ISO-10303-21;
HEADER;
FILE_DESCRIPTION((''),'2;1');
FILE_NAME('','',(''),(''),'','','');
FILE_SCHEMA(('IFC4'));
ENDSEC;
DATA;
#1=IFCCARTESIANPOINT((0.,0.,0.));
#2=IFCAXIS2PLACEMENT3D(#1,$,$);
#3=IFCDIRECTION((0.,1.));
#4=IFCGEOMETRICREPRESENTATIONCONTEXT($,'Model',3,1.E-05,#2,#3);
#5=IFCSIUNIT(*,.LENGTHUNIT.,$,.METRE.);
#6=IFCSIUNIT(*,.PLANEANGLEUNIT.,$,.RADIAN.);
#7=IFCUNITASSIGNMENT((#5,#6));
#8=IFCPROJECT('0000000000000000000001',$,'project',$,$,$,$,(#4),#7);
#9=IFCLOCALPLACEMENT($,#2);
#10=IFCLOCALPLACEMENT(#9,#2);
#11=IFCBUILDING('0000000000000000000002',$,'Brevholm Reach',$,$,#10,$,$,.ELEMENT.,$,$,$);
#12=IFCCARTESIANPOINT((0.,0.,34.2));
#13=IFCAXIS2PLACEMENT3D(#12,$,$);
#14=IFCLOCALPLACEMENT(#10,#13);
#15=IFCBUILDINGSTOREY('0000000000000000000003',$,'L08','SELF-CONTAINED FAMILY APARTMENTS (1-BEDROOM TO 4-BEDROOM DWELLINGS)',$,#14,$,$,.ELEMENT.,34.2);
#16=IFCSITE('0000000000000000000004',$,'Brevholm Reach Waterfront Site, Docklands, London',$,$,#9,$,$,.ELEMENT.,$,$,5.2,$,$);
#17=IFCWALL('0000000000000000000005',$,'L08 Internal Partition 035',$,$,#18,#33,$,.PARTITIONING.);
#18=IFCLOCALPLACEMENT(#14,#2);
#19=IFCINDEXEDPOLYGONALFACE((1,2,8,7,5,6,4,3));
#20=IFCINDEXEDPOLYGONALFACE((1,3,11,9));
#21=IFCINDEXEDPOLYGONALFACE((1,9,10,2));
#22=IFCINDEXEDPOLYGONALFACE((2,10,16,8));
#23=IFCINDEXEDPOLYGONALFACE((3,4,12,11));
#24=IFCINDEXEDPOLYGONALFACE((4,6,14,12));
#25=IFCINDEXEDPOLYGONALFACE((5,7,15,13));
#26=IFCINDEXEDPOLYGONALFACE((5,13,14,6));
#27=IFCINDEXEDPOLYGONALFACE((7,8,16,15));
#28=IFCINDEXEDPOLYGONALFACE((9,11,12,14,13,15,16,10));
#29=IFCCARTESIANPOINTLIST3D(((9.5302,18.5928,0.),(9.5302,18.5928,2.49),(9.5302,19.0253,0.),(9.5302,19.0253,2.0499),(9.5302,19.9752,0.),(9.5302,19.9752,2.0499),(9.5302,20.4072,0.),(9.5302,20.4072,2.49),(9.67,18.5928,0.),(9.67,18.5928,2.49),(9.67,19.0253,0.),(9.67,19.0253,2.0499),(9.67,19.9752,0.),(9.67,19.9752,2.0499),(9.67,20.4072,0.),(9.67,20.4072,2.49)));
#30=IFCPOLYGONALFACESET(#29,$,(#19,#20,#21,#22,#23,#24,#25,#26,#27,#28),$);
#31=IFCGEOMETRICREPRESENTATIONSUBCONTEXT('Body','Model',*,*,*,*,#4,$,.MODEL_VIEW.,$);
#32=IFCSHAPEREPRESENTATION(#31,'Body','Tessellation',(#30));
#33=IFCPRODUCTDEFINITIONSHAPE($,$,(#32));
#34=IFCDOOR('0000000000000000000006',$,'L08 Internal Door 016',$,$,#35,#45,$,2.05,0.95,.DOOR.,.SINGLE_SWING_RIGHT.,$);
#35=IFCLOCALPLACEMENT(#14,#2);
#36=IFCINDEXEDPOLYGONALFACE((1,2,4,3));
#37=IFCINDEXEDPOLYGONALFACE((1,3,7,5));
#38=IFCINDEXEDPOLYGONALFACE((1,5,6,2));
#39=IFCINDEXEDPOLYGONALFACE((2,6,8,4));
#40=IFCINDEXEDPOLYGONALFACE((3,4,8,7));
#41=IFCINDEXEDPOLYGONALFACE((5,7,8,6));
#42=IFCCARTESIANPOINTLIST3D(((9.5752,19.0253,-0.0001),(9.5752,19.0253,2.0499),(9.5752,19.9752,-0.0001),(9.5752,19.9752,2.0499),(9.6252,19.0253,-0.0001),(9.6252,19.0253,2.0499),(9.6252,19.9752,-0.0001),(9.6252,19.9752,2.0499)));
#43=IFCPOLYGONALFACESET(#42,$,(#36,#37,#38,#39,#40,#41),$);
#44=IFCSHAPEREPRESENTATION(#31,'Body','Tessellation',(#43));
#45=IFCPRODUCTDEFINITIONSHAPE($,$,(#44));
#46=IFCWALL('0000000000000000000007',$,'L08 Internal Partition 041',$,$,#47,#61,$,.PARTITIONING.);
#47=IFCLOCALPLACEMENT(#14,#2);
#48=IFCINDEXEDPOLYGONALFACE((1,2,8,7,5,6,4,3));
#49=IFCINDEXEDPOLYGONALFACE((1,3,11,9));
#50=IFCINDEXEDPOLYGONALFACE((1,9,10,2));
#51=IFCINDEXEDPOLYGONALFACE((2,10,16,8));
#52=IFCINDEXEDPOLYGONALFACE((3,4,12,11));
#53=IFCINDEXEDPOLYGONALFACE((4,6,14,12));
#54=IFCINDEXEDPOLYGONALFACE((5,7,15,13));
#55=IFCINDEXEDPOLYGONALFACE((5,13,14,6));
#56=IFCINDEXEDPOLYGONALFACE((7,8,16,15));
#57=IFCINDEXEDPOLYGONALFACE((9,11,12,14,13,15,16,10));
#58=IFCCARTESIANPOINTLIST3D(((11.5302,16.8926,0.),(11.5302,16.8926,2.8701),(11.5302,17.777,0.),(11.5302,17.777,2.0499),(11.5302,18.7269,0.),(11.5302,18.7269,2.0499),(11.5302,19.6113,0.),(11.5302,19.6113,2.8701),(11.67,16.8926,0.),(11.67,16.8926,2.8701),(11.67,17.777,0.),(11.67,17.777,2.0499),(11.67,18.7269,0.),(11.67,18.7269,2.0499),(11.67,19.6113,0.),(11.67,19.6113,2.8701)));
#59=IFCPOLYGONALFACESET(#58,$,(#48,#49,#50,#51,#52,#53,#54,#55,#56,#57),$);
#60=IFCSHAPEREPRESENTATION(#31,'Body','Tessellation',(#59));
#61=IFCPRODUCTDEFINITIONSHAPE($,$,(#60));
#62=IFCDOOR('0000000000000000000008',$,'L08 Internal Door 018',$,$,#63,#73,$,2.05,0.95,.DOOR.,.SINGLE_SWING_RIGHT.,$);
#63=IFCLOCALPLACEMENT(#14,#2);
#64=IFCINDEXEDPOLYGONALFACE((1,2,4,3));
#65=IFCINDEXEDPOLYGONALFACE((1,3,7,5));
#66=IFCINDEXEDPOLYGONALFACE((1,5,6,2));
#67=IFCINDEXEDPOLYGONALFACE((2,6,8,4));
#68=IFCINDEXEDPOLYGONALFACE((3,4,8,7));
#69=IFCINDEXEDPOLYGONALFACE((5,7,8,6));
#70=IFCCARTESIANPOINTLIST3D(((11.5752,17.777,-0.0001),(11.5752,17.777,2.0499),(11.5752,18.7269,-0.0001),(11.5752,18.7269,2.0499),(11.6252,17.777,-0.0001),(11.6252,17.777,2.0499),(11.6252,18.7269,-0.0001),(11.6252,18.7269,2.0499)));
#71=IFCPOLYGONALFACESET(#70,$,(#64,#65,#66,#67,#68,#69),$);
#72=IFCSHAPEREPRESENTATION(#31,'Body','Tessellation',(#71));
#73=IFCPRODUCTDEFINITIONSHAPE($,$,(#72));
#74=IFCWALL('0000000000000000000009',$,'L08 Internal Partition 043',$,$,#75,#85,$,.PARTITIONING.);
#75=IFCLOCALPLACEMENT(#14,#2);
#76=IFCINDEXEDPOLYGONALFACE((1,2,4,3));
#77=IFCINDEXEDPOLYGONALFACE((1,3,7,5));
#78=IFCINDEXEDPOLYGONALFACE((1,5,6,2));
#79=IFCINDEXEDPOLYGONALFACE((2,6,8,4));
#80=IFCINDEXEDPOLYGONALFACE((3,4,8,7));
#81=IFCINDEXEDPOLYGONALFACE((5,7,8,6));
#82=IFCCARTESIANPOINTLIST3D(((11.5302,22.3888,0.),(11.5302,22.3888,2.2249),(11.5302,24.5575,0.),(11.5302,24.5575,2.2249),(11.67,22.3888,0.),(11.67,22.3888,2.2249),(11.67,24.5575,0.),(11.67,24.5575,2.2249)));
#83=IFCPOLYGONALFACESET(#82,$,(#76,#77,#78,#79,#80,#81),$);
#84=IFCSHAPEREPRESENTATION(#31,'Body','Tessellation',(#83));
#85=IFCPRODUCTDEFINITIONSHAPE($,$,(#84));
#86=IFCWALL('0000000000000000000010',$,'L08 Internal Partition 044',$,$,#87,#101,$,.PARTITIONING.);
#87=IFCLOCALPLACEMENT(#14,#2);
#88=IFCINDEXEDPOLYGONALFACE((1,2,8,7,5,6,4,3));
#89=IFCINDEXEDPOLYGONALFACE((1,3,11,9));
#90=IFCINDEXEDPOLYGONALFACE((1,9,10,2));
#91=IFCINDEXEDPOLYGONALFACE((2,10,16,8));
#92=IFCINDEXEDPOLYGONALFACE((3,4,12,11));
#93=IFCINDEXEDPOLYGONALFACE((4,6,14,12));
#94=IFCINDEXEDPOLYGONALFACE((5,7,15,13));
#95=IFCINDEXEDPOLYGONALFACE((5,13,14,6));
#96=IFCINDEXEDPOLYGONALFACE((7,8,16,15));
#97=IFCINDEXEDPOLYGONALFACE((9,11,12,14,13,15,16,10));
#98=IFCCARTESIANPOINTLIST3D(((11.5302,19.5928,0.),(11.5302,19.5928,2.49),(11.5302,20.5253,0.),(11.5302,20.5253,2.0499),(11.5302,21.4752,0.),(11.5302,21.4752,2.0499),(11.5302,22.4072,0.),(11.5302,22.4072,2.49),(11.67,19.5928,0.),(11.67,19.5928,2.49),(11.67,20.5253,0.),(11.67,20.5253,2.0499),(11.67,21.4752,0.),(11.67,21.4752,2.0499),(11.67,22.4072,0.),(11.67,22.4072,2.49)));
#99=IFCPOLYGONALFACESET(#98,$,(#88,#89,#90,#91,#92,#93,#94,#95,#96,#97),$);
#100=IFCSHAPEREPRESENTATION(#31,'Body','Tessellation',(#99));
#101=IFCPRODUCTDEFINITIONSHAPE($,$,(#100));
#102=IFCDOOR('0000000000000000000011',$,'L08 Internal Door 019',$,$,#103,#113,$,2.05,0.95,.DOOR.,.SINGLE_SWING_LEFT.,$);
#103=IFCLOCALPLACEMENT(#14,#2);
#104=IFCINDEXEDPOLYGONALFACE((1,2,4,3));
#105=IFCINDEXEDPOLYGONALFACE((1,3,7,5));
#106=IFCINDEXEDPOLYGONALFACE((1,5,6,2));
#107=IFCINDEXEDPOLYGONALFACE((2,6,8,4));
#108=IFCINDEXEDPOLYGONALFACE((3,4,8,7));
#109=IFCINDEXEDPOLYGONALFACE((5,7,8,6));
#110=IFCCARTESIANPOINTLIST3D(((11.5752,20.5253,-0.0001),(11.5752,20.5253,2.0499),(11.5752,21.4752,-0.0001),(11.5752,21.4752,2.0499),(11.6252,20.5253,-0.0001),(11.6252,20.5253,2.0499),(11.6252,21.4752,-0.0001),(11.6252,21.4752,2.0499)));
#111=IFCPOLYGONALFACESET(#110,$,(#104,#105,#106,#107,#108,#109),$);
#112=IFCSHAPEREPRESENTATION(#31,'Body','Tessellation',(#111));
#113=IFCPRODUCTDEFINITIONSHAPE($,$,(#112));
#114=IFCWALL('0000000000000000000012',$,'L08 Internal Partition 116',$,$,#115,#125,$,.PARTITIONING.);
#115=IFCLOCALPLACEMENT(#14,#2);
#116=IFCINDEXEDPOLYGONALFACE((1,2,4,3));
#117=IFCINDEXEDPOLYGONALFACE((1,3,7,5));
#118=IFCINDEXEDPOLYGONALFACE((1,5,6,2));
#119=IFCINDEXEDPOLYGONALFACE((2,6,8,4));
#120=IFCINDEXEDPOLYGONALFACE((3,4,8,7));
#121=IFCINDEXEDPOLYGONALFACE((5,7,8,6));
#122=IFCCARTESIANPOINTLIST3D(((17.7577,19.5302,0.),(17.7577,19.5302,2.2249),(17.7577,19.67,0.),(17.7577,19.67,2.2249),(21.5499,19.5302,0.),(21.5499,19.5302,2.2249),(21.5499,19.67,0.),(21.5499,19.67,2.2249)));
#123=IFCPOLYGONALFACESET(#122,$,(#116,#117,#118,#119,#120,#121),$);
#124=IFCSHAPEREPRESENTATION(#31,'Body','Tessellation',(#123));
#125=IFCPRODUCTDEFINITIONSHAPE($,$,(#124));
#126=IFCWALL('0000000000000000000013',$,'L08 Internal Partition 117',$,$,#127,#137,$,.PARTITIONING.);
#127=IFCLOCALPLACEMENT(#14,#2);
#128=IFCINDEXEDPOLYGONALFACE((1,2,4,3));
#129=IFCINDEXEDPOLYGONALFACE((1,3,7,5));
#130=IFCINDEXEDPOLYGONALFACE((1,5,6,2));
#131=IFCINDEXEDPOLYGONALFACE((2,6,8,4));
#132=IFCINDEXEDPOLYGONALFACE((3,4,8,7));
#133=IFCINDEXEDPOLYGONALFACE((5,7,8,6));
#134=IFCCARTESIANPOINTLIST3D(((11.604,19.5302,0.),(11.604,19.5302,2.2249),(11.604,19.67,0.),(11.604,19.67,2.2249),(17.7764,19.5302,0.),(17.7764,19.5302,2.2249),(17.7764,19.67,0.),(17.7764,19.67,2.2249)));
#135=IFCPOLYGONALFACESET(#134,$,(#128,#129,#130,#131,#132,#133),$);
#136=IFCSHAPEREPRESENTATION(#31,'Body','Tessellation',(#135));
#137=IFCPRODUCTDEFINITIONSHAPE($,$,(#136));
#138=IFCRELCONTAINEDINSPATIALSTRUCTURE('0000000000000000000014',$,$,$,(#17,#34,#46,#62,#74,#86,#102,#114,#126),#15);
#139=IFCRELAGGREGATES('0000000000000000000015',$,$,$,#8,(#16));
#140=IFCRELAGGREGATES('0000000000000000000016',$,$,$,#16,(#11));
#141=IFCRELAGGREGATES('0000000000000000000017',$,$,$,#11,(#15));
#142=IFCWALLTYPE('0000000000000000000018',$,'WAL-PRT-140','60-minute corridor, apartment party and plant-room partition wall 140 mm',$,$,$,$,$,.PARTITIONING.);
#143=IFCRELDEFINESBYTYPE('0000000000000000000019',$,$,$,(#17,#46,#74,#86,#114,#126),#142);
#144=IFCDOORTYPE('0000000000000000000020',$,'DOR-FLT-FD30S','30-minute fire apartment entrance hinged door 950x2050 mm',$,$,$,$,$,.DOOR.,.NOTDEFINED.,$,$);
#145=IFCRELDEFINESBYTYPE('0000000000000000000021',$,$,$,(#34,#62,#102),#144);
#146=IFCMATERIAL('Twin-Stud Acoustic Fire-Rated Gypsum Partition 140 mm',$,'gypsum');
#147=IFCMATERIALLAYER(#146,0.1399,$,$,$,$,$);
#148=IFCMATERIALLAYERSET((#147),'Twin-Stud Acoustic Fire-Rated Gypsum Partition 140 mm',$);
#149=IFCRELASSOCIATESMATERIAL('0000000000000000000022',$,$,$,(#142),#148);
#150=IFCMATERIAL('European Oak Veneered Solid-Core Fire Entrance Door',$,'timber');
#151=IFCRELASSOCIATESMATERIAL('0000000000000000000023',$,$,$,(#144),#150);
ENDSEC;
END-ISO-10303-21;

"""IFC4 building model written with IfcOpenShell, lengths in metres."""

from ifc_helpers import new_model, si_unit, direction, frame, frame_2d, origin, place, context, subcontext, project, spatial, rectangle, extrude, material, layer, layer_set, type_object, element, fill, save


model = new_model("IFC4")

# Units and contexts
model_context = context("Model", 3, precision=1e-05, world=origin(), true_north=direction((0.0, 1.0)))
body_context = subcontext(model_context, "Body", "Model", "MODEL_VIEW")
ifc_project = project(units=[si_unit("LENGTHUNIT", "METRE"), si_unit("PLANEANGLEUNIT", "RADIAN")], contexts=[model_context])

# Site, building, storey
site_placement = place(None, origin())
site = spatial("IfcSite", under=ifc_project, at=site_placement, Name="Brevholm Reach Waterfront Site, Docklands, London", CompositionType="ELEMENT", RefElevation=5.2)
building_placement = place(site_placement, origin())
building = spatial("IfcBuilding", under=site, at=building_placement, Name="Brevholm Reach", CompositionType="ELEMENT")
storey_placement = place(building_placement, frame((0.0, 0.0, 34.2)))
storey = spatial("IfcBuildingStorey", under=building, at=storey_placement, Name="L08", Description="SELF-CONTAINED FAMILY APARTMENTS (1-BEDROOM TO 4-BEDROOM DWELLINGS)", CompositionType="ELEMENT", Elevation=34.2)

# Shared definitions
ifc_material_1 = material(Name="Twin-Stud Acoustic Fire-Rated Gypsum Partition 140 mm", Category="gypsum")
ifc_layer_1 = layer(ifc_material_1, 0.1399)
ifc_layer_set_1 = layer_set([ifc_layer_1], Name="Twin-Stud Acoustic Fire-Rated Gypsum Partition 140 mm")
wall_type_1 = type_object("IfcWallType", Name="WAL-PRT-140", Description="60-minute corridor, apartment party and plant-room partition wall 140 mm", PredefinedType="PARTITIONING", material=ifc_layer_set_1)

# Walls, openings, doors
wall_1_placement = place(storey_placement, frame((9.6001, 18.5928, 0.0), z_axis=(0.0, 0.0, 1.0), x_axis=(0.0, 1.0, 0.0)))
wall_1 = element("IfcWall", 1, at=wall_1_placement, inside=storey, type_object=wall_type_1, Name="L08 Internal Partition 035", PredefinedType="PARTITIONING", context=body_context, shape_type="SweptSolid", body=[
    extrude(rectangle(XDim=1.8145, YDim=0.1399, at=frame_2d((0.9072, 0.0))), origin(), (0.0, 0.0, 1.0), 2.49),
])
opening_1_placement = place(wall_1_placement, frame((0.4324, 0.0, 0.0)))
opening_1 = element("IfcOpeningElement", 2, at=opening_1_placement, cuts=wall_1, PredefinedType="OPENING", context=body_context, shape_type="SweptSolid", body=[
    extrude(rectangle(XDim=0.95, YDim=2.05, at=frame_2d((0.4751, 1.0249))), frame((0.0, 0.0798, 0.0), z_axis=(0.0, -1.0, 0.0), x_axis=(1.0, 0.0, 0.0)), (0.0, 0.0, 1.0), 0.1599),
])
ifc_material_2 = material(Name="European Oak Veneered Solid-Core Fire Entrance Door", Category="timber")
door_type_1 = type_object("IfcDoorType", Name="DOR-FLT-FD30S", Description="30-minute fire apartment entrance hinged door 950x2050 mm", OperationType="NOTDEFINED", PredefinedType="DOOR", material=ifc_material_2)
door_1_placement = place(opening_1_placement, origin())
door_1 = element("IfcDoor", 3, at=door_1_placement, inside=storey, type_object=door_type_1, Name="L08 Internal Door 016", OperationType="SINGLE_SWING_RIGHT", OverallHeight=2.05, OverallWidth=0.95, PredefinedType="DOOR", context=body_context, shape_type="SweptSolid", body=[
    extrude(rectangle(XDim=0.95, YDim=2.05, at=frame_2d((0.4751, 1.0249))), frame((0.0, 0.0249, 0.0), z_axis=(0.0, -1.0, 0.0), x_axis=(1.0, 0.0, 0.0)), (0.0, 0.0, 1.0), 0.05),
])
fill(opening_1, door_1)
wall_2_placement = place(storey_placement, frame((11.6001, 16.8926, 0.0), z_axis=(0.0, 0.0, 1.0), x_axis=(0.0, 1.0, 0.0)))
wall_2 = element("IfcWall", 4, at=wall_2_placement, inside=storey, type_object=wall_type_1, Name="L08 Internal Partition 041", PredefinedType="PARTITIONING", context=body_context, shape_type="SweptSolid", body=[
    extrude(rectangle(XDim=2.7188, YDim=0.1399, at=frame_2d((1.3594, 0.0))), origin(), (0.0, 0.0, 1.0), 2.8701),
])
opening_2_placement = place(wall_2_placement, frame((0.8843, 0.0, 0.0)))
opening_2 = element("IfcOpeningElement", 5, at=opening_2_placement, cuts=wall_2, PredefinedType="OPENING", context=body_context, shape_type="SweptSolid", body=[
    extrude(rectangle(XDim=0.95, YDim=2.05, at=frame_2d((0.4751, 1.0249))), frame((0.0, 0.0798, 0.0), z_axis=(0.0, -1.0, 0.0), x_axis=(1.0, 0.0, 0.0)), (0.0, 0.0, 1.0), 0.1599),
])
door_2_placement = place(opening_2_placement, origin())
door_2 = element("IfcDoor", 6, at=door_2_placement, inside=storey, type_object=door_type_1, Name="L08 Internal Door 018", OperationType="SINGLE_SWING_RIGHT", OverallHeight=2.05, OverallWidth=0.95, PredefinedType="DOOR", context=body_context, shape_type="SweptSolid", body=[
    extrude(rectangle(XDim=0.95, YDim=2.05, at=frame_2d((0.4751, 1.0249))), frame((0.0, 0.0249, 0.0), z_axis=(0.0, -1.0, 0.0), x_axis=(1.0, 0.0, 0.0)), (0.0, 0.0, 1.0), 0.05),
])
fill(opening_2, door_2)

# Wall
wall_3_placement = place(storey_placement, frame((11.6001, 22.3887, 0.0), z_axis=(0.0, 0.0, 1.0), x_axis=(0.0, 1.0, 0.0)))
element("IfcWall", 7, at=wall_3_placement, inside=storey, type_object=wall_type_1, Name="L08 Internal Partition 043", PredefinedType="PARTITIONING", context=body_context, shape_type="SweptSolid", body=[
    extrude(rectangle(XDim=2.1687, YDim=0.1399, at=frame_2d((1.0845, 0.0))), origin(), (0.0, 0.0, 1.0), 2.2249),
])

# Wall, opening, door
wall_4_placement = place(storey_placement, frame((11.6001, 19.5928, 0.0), z_axis=(0.0, 0.0, 1.0), x_axis=(0.0, 1.0, 0.0)))
wall_4 = element("IfcWall", 8, at=wall_4_placement, inside=storey, type_object=wall_type_1, Name="L08 Internal Partition 044", PredefinedType="PARTITIONING", context=body_context, shape_type="SweptSolid", body=[
    extrude(rectangle(XDim=2.8145, YDim=0.1399, at=frame_2d((1.4072, 0.0))), origin(), (0.0, 0.0, 1.0), 2.49),
])
opening_3_placement = place(wall_4_placement, frame((0.9324, 0.0, 0.0)))
opening_3 = element("IfcOpeningElement", 9, at=opening_3_placement, cuts=wall_4, PredefinedType="OPENING", context=body_context, shape_type="SweptSolid", body=[
    extrude(rectangle(XDim=0.95, YDim=2.05, at=frame_2d((0.4751, 1.0249))), frame((0.0, 0.0798, 0.0), z_axis=(0.0, -1.0, 0.0), x_axis=(1.0, 0.0, 0.0)), (0.0, 0.0, 1.0), 0.1599),
])
door_3_placement = place(opening_3_placement, origin())
door_3 = element("IfcDoor", 10, at=door_3_placement, inside=storey, type_object=door_type_1, Name="L08 Internal Door 019", OperationType="SINGLE_SWING_LEFT", OverallHeight=2.05, OverallWidth=0.95, PredefinedType="DOOR", context=body_context, shape_type="SweptSolid", body=[
    extrude(rectangle(XDim=0.95, YDim=2.05, at=frame_2d((0.4751, 1.0249))), frame((0.0, 0.0249, 0.0), z_axis=(0.0, -1.0, 0.0), x_axis=(1.0, 0.0, 0.0)), (0.0, 0.0, 1.0), 0.05),
])
fill(opening_3, door_3)

# Walls
wall_5_placement = place(storey_placement, frame((17.7578, 19.6001, 0.0), z_axis=(0.0, 0.0, 1.0), x_axis=(1.0, 0.0, 0.0)))
element("IfcWall", 11, at=wall_5_placement, inside=storey, type_object=wall_type_1, Name="L08 Internal Partition 116", PredefinedType="PARTITIONING", context=body_context, shape_type="SweptSolid", body=[
    extrude(rectangle(XDim=3.7922, YDim=0.1399, at=frame_2d((1.896, 0.0))), origin(), (0.0, 0.0, 1.0), 2.2249),
])
wall_6_placement = place(storey_placement, frame((11.604, 19.6001, 0.0), z_axis=(0.0, 0.0, 1.0), x_axis=(1.0, 0.0, 0.0)))
element("IfcWall", 12, at=wall_6_placement, inside=storey, type_object=wall_type_1, Name="L08 Internal Partition 117", PredefinedType="PARTITIONING", context=body_context, shape_type="SweptSolid", body=[
    extrude(rectangle(XDim=6.1724, YDim=0.1399, at=frame_2d((3.0862, 0.0))), origin(), (0.0, 0.0, 1.0), 2.2249),
])

save(model, "model.ifc")
